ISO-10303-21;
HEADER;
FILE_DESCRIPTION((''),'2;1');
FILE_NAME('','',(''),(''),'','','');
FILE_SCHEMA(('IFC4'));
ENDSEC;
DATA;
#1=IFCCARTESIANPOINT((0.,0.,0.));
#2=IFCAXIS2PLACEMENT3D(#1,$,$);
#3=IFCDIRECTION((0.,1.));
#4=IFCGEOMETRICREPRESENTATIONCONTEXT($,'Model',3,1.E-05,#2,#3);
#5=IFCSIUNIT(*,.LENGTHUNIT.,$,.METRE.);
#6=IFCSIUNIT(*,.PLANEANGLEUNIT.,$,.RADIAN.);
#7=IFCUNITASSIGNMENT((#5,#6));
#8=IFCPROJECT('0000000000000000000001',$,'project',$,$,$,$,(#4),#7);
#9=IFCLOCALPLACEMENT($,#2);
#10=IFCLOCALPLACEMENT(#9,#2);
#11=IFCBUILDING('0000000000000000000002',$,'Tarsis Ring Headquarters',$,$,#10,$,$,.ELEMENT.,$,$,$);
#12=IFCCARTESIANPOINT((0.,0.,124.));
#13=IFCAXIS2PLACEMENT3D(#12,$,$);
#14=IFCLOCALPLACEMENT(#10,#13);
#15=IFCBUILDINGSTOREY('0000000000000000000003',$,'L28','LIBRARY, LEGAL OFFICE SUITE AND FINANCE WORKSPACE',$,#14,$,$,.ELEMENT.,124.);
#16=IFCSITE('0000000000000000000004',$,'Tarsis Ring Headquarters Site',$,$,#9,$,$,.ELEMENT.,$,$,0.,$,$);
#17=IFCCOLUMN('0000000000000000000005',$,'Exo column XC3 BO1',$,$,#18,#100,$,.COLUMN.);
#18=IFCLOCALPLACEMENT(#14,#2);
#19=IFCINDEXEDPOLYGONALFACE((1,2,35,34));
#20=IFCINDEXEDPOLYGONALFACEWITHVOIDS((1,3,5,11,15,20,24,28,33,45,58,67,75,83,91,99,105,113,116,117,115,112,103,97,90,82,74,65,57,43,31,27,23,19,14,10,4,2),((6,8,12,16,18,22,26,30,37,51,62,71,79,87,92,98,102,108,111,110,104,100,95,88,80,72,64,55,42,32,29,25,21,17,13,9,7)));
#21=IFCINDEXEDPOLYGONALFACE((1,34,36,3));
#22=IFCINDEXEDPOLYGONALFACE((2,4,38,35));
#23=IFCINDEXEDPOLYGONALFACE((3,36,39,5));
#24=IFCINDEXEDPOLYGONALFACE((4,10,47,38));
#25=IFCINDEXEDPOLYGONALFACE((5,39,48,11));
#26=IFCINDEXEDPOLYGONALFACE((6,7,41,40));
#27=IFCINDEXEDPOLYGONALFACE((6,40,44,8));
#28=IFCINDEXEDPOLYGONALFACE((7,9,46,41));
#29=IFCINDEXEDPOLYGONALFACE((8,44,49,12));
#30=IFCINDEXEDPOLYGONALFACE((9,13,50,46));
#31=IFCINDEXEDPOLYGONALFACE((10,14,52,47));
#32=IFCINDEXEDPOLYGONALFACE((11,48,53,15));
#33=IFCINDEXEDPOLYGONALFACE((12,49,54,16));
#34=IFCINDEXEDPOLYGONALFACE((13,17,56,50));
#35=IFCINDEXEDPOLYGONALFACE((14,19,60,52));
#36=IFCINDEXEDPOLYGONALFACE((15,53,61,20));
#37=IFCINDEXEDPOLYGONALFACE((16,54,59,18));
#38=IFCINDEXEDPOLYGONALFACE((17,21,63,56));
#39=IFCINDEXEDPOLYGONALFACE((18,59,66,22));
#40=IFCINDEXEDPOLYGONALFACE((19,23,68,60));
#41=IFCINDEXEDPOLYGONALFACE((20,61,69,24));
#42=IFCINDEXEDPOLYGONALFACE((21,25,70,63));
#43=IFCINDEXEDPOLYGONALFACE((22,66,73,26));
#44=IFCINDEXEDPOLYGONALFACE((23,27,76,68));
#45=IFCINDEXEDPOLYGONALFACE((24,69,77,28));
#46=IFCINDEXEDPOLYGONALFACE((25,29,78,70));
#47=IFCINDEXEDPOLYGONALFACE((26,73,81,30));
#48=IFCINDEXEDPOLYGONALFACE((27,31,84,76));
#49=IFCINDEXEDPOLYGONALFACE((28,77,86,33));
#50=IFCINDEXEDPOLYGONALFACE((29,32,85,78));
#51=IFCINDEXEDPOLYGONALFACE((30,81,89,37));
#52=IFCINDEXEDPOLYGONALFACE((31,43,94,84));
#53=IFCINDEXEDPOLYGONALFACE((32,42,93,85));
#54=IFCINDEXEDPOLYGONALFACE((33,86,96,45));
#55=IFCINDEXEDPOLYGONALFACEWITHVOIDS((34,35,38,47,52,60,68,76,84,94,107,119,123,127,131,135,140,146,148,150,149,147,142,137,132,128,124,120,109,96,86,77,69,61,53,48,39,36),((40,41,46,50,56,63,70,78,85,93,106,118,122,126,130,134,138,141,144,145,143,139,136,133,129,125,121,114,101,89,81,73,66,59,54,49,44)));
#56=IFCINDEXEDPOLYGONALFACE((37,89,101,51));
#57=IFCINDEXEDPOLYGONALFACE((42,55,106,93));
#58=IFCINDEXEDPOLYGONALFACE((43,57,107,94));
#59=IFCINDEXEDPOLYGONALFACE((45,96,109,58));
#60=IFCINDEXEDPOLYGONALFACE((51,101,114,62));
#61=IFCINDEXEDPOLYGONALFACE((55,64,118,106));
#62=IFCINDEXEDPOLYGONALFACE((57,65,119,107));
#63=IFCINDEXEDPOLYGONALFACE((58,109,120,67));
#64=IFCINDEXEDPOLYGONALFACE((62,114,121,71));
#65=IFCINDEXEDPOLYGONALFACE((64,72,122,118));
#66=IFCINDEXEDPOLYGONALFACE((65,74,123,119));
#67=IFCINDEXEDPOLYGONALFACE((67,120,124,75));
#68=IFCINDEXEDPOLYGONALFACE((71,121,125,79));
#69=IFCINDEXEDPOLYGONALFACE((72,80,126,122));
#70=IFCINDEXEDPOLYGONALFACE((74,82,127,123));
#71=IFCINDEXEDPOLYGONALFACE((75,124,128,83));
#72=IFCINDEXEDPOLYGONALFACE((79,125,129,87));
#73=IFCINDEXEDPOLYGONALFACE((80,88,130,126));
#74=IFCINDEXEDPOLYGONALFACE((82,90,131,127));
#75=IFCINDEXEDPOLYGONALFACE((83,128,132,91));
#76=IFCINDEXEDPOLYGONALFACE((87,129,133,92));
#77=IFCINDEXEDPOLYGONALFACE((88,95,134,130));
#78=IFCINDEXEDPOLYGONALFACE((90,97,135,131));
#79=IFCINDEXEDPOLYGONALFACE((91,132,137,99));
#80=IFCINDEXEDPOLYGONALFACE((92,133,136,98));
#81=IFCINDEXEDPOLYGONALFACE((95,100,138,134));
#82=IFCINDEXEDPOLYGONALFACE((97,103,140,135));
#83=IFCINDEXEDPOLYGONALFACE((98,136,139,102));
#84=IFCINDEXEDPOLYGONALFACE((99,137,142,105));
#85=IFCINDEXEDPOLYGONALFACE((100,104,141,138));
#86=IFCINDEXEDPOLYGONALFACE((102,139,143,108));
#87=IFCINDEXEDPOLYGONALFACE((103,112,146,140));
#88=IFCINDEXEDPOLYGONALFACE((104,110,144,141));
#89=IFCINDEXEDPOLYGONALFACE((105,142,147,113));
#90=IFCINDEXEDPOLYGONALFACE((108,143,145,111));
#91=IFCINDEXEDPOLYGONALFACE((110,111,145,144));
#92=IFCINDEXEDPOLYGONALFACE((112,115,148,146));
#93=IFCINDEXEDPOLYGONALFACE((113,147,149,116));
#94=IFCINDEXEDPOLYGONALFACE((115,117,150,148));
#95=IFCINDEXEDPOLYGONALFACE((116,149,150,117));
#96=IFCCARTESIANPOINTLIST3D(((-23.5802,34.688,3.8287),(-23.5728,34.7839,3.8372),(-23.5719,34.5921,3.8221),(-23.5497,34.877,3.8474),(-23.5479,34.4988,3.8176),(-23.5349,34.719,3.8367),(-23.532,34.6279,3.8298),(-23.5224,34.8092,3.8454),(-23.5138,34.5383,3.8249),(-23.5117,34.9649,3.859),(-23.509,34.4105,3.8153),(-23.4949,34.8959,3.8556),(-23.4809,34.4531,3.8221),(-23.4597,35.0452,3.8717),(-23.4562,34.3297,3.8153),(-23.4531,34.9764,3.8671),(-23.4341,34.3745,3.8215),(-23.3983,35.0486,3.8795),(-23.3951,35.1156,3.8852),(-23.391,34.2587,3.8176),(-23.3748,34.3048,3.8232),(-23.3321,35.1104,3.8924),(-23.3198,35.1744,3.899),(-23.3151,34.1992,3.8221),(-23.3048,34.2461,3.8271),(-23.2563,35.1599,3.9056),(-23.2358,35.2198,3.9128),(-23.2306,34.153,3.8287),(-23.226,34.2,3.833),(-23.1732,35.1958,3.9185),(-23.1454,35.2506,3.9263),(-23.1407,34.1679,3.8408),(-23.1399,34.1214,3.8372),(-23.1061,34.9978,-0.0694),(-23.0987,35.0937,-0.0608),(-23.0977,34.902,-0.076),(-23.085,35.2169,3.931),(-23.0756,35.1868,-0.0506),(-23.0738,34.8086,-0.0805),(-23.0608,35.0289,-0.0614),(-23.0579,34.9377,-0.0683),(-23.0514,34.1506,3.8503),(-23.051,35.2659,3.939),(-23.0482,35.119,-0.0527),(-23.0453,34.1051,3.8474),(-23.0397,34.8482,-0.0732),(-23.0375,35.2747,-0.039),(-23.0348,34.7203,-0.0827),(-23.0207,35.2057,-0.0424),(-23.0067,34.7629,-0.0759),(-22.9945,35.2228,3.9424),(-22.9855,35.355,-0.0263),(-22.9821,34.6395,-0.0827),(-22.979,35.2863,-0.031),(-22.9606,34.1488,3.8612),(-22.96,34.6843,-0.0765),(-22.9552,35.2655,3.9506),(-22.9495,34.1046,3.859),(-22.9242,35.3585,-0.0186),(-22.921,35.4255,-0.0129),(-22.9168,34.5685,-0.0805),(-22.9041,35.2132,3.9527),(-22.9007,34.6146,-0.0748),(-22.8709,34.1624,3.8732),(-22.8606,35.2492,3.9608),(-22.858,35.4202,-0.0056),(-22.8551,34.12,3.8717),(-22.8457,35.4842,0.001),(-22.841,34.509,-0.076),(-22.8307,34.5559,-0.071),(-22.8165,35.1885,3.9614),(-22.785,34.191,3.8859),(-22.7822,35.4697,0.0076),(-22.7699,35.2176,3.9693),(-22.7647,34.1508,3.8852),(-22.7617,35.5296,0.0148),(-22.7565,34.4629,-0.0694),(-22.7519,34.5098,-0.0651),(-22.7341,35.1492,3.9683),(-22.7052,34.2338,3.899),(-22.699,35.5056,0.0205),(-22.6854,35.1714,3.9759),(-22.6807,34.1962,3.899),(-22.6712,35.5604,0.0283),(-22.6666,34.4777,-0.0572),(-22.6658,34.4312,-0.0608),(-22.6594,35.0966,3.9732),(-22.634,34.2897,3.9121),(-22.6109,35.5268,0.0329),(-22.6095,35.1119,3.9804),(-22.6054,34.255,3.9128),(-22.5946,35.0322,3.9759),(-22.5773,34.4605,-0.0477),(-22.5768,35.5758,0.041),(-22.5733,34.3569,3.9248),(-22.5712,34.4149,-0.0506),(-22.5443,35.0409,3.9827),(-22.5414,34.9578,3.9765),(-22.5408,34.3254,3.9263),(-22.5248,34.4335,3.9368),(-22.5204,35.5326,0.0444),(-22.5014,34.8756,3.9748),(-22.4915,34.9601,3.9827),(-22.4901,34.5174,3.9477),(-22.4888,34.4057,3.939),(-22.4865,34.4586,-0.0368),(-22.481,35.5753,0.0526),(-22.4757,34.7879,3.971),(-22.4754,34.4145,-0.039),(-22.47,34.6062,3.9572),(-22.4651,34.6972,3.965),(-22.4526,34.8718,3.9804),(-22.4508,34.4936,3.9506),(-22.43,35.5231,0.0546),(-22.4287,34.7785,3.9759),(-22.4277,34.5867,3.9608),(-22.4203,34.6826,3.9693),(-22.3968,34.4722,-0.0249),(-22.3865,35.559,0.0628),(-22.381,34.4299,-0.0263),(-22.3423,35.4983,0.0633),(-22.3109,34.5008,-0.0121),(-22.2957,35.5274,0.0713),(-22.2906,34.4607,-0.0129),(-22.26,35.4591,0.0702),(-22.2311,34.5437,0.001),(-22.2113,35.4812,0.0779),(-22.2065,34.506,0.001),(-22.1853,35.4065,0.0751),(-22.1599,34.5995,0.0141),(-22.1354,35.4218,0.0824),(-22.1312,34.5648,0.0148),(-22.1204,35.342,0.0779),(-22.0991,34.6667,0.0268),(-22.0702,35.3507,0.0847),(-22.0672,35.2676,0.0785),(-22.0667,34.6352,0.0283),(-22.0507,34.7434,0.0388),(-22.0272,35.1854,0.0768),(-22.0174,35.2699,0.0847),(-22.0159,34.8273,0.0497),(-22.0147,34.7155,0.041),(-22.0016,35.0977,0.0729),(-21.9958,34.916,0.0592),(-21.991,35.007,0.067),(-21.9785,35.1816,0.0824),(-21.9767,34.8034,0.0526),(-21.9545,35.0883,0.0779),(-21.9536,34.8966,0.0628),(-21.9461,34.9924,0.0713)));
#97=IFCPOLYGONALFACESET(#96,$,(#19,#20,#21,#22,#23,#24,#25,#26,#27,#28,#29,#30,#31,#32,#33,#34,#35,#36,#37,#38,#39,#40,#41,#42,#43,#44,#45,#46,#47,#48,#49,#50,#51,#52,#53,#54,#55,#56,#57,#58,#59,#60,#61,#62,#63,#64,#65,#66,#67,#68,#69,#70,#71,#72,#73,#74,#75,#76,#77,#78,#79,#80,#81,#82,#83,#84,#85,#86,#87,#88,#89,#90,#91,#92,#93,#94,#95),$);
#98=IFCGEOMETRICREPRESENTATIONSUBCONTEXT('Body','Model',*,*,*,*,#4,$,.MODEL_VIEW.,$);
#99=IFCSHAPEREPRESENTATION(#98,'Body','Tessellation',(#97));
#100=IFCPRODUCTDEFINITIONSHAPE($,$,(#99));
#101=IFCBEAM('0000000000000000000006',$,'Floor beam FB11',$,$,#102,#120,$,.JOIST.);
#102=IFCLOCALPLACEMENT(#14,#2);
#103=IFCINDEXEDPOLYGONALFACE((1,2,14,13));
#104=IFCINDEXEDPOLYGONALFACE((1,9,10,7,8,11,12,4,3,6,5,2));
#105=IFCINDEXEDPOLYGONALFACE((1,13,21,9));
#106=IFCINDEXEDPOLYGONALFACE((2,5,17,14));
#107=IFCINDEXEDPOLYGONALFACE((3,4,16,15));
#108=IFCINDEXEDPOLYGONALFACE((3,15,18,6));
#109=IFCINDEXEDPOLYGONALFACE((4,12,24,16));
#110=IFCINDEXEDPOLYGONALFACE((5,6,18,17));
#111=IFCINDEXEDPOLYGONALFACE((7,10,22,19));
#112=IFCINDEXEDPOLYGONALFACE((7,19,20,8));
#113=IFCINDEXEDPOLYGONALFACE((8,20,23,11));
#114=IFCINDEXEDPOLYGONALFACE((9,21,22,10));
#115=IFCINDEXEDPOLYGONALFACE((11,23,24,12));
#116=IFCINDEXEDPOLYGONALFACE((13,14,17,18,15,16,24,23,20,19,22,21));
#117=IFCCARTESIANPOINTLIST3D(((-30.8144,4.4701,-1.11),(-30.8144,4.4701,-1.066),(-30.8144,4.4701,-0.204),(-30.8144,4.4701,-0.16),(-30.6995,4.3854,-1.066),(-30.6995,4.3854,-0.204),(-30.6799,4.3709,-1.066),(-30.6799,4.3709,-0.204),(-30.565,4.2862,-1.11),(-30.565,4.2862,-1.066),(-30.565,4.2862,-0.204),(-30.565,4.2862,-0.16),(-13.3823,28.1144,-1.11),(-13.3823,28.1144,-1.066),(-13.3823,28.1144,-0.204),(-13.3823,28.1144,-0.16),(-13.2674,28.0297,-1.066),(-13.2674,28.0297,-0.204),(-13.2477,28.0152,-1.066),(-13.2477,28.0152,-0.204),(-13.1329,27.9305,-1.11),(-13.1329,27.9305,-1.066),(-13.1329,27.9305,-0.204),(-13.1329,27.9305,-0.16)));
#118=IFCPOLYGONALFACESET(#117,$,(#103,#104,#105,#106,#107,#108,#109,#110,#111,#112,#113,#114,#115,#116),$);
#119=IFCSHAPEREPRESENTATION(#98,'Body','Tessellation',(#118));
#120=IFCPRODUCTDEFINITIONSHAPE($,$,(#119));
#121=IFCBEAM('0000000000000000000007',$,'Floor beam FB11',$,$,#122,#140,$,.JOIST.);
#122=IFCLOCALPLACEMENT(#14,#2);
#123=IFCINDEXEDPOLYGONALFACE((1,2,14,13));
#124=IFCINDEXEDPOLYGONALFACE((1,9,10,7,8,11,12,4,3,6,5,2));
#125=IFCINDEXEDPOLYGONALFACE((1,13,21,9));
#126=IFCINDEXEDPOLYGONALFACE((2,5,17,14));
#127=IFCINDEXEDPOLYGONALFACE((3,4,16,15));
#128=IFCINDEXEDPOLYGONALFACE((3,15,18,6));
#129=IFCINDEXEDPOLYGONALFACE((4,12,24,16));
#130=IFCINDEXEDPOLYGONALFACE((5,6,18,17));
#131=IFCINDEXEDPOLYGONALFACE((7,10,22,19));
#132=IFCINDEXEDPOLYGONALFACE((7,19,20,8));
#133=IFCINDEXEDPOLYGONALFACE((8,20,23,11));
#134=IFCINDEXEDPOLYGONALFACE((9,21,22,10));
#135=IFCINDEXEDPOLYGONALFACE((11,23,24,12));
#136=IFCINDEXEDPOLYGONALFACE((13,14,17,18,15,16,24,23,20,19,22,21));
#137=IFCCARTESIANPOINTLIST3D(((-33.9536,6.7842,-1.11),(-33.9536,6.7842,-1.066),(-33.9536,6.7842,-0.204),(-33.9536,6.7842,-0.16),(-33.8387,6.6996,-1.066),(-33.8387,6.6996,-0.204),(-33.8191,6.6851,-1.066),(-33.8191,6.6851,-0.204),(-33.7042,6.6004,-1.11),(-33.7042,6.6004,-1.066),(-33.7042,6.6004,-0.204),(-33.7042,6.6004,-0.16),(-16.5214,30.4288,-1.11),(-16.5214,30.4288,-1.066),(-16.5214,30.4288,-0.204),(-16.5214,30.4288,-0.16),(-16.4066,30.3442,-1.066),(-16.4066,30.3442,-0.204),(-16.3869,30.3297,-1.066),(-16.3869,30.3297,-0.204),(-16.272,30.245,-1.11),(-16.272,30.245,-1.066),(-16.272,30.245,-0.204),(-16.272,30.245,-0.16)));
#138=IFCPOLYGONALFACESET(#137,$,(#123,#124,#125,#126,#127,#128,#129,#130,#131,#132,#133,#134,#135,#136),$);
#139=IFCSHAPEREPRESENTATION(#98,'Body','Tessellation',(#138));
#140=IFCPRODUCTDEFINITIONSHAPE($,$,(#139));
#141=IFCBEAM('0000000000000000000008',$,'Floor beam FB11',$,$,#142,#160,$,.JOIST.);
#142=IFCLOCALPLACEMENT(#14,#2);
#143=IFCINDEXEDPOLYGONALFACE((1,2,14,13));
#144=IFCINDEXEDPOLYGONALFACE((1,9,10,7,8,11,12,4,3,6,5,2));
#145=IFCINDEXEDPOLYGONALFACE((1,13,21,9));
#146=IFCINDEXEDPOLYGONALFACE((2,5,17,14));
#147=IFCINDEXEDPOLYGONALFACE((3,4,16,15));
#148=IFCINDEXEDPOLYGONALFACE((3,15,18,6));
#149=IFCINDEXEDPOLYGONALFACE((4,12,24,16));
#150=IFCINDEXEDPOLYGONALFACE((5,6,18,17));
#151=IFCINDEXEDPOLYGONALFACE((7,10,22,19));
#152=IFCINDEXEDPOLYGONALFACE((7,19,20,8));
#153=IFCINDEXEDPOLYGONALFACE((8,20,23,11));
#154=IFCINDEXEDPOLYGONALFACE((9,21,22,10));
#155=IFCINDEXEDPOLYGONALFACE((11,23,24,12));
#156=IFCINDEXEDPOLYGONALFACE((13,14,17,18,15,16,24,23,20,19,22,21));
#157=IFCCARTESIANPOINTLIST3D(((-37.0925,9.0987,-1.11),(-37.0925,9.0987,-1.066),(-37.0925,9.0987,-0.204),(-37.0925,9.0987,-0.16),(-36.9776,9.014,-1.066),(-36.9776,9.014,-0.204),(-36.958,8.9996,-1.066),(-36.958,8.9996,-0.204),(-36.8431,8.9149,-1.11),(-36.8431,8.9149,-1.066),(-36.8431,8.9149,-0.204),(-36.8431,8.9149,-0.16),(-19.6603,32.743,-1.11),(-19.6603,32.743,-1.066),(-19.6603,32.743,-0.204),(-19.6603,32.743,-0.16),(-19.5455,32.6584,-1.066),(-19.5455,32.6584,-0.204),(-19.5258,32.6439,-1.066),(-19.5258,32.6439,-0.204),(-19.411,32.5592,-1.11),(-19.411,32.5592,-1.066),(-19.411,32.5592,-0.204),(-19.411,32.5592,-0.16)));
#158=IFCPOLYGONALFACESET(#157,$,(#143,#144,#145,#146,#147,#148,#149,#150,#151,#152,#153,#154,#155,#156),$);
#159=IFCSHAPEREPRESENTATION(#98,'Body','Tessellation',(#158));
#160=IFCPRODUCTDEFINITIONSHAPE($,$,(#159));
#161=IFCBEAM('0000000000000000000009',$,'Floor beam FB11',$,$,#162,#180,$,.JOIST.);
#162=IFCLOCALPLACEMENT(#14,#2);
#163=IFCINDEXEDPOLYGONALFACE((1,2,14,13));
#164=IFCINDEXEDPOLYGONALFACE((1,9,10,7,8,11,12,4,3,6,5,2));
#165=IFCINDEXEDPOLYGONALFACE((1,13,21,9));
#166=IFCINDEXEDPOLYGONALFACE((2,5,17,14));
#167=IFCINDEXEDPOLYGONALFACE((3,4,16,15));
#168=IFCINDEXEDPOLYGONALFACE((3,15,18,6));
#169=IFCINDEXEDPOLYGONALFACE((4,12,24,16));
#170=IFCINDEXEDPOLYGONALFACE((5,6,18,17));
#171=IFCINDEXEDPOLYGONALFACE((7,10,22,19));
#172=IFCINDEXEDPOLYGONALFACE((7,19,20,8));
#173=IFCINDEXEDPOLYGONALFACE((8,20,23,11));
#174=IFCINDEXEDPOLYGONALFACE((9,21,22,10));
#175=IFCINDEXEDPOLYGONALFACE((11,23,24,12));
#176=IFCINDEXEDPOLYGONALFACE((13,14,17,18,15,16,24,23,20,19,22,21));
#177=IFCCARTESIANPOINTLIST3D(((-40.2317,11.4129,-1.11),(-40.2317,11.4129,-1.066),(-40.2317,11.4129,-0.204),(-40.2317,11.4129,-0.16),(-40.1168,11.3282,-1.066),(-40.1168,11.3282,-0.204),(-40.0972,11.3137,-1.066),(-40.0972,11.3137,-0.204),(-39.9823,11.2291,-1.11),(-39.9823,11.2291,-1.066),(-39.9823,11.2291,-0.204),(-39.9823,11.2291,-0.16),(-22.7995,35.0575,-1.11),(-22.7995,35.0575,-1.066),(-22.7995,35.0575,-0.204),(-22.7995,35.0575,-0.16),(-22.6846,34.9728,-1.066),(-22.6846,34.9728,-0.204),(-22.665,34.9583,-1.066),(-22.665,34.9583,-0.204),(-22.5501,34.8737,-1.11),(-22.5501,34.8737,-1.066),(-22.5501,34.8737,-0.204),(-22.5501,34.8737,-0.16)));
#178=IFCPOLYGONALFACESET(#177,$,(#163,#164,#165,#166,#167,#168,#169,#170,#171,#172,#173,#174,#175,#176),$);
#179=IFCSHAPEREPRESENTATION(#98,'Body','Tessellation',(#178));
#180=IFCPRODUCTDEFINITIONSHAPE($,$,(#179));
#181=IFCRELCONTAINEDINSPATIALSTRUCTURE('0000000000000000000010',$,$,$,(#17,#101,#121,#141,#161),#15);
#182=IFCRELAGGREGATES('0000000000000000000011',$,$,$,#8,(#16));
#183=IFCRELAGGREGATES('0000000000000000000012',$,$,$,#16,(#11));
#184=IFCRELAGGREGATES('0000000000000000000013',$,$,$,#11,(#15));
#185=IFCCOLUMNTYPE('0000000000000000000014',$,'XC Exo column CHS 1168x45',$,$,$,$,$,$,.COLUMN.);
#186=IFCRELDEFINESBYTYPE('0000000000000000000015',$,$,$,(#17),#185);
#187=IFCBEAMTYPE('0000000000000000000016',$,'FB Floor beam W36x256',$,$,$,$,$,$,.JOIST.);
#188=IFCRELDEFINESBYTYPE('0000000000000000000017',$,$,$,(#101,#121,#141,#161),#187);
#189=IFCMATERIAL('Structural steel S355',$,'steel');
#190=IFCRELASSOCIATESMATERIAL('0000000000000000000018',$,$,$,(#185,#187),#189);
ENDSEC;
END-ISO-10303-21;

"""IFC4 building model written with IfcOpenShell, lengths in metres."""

from ifc_helpers import new_model, si_unit, direction, frame, origin, origin_2d, place, context, subcontext, project, spatial, hollow_circle, i_section, extrude, material, material_profile, profile_set, type_object, element, save


model = new_model("IFC4")

# Units and contexts
model_context = context("Model", 3, precision=1e-05, world=origin(), true_north=direction((0.0, 1.0)))
body_context = subcontext(model_context, "Body", "Model", "MODEL_VIEW")
ifc_project = project(units=[si_unit("LENGTHUNIT", "METRE"), si_unit("PLANEANGLEUNIT", "RADIAN")], contexts=[model_context])

# Site, building, storey
site_placement = place(None, origin())
site = spatial("IfcSite", under=ifc_project, at=site_placement, Name="Tarsis Ring Headquarters Site", CompositionType="ELEMENT", RefElevation=0.0)
building_placement = place(site_placement, origin())
building = spatial("IfcBuilding", under=site, at=building_placement, Name="Tarsis Ring Headquarters", CompositionType="ELEMENT")
storey_placement = place(building_placement, frame((0.0, 0.0, 124.0)))
storey = spatial("IfcBuildingStorey", under=building, at=storey_placement, Name="L28", Description="LIBRARY, LEGAL OFFICE SUITE AND FINANCE WORKSPACE", CompositionType="ELEMENT", Elevation=124.0)

# Column
ifc_material_1 = material(Name="Structural steel S355", Category="steel")
ifc_material_profile_1 = material_profile(ifc_material_1, hollow_circle(Radius=0.5842, WallThickness=0.0449, at=origin_2d()), Name="CHS 1168x45")
ifc_profile_set_1 = profile_set([ifc_material_profile_1], Name="Structural steel S355")
column_type = type_object("IfcColumnType", Name="XC Exo column CHS 1168x45", PredefinedType="COLUMN", material=ifc_profile_set_1)
column_placement = place(storey_placement, frame((-22.5261, 34.9951, 0.001), z_axis=(-0.120369, -0.078655, 0.989608), x_axis=(0.547017, -0.837121, 0.0)))
element("IfcColumn", 1, at=column_placement, inside=storey, type_object=column_type, Name="Exo column XC3 BO1", PredefinedType="COLUMN", context=body_context, shape_type="SweptSolid", body=[
    extrude(hollow_circle(Radius=0.5842, WallThickness=0.0449, at=origin_2d()), origin(), (0.0, 0.0, 1.0), 3.939),
])

# Beams
ifc_material_profile_2 = material_profile(ifc_material_1, i_section(OverallWidth=0.3098, OverallDepth=0.95, WebThickness=0.0244, FlangeThickness=0.0439, at=origin_2d()), Name="W36x256")
ifc_profile_set_2 = profile_set([ifc_material_profile_2], Name="Structural steel S355")
beam_type_1 = type_object("IfcBeamType", Name="FB Floor beam W36x256", PredefinedType="JOIST", material=ifc_profile_set_2)
beam_1_placement = place(storey_placement, frame((-13.2576, 28.0225, -0.635), z_axis=(-0.59342, -0.804893, 0.0), x_axis=(0.804893, -0.59342, 0.0)))
element("IfcBeam", 2, at=beam_1_placement, inside=storey, type_object=beam_type_1, Name="Floor beam FB11", PredefinedType="JOIST", context=body_context, shape_type="SweptSolid", body=[
    extrude(i_section(OverallWidth=0.3098, OverallDepth=0.95, WebThickness=0.0244, FlangeThickness=0.0439, at=origin_2d()), origin(), (0.0, 0.0, 1.0), 29.3757),
])
beam_2_placement = place(storey_placement, frame((-16.3967, 30.3369, -0.635), z_axis=(-0.593416, -0.804896, 0.0), x_axis=(0.804896, -0.593416, 0.0)))
element("IfcBeam", 3, at=beam_2_placement, inside=storey, type_object=beam_type_1, Name="Floor beam FB11", PredefinedType="JOIST", context=body_context, shape_type="SweptSolid", body=[
    extrude(i_section(OverallWidth=0.3098, OverallDepth=0.95, WebThickness=0.0244, FlangeThickness=0.0439, at=origin_2d()), origin(), (0.0, 0.0, 1.0), 29.376),
])
beam_3_placement = place(storey_placement, frame((-19.5356, 32.6511, -0.635), z_axis=(-0.59342, -0.804893, 0.0), x_axis=(0.804893, -0.59342, 0.0)))
element("IfcBeam", 4, at=beam_3_placement, inside=storey, type_object=beam_type_1, Name="Floor beam FB11", PredefinedType="JOIST", context=body_context, shape_type="SweptSolid", body=[
    extrude(i_section(OverallWidth=0.3098, OverallDepth=0.95, WebThickness=0.0244, FlangeThickness=0.0439, at=origin_2d()), origin(), (0.0, 0.0, 1.0), 29.3757),
])
beam_4_placement = place(storey_placement, frame((-22.6748, 34.9656, -0.635), z_axis=(-0.593416, -0.804896, 0.0), x_axis=(0.804896, -0.593416, 0.0)))
element("IfcBeam", 5, at=beam_4_placement, inside=storey, type_object=beam_type_1, Name="Floor beam FB11", PredefinedType="JOIST", context=body_context, shape_type="SweptSolid", body=[
    extrude(i_section(OverallWidth=0.3098, OverallDepth=0.95, WebThickness=0.0244, FlangeThickness=0.0439, at=origin_2d()), origin(), (0.0, 0.0, 1.0), 29.376),
])

save(model, "model.ifc")
